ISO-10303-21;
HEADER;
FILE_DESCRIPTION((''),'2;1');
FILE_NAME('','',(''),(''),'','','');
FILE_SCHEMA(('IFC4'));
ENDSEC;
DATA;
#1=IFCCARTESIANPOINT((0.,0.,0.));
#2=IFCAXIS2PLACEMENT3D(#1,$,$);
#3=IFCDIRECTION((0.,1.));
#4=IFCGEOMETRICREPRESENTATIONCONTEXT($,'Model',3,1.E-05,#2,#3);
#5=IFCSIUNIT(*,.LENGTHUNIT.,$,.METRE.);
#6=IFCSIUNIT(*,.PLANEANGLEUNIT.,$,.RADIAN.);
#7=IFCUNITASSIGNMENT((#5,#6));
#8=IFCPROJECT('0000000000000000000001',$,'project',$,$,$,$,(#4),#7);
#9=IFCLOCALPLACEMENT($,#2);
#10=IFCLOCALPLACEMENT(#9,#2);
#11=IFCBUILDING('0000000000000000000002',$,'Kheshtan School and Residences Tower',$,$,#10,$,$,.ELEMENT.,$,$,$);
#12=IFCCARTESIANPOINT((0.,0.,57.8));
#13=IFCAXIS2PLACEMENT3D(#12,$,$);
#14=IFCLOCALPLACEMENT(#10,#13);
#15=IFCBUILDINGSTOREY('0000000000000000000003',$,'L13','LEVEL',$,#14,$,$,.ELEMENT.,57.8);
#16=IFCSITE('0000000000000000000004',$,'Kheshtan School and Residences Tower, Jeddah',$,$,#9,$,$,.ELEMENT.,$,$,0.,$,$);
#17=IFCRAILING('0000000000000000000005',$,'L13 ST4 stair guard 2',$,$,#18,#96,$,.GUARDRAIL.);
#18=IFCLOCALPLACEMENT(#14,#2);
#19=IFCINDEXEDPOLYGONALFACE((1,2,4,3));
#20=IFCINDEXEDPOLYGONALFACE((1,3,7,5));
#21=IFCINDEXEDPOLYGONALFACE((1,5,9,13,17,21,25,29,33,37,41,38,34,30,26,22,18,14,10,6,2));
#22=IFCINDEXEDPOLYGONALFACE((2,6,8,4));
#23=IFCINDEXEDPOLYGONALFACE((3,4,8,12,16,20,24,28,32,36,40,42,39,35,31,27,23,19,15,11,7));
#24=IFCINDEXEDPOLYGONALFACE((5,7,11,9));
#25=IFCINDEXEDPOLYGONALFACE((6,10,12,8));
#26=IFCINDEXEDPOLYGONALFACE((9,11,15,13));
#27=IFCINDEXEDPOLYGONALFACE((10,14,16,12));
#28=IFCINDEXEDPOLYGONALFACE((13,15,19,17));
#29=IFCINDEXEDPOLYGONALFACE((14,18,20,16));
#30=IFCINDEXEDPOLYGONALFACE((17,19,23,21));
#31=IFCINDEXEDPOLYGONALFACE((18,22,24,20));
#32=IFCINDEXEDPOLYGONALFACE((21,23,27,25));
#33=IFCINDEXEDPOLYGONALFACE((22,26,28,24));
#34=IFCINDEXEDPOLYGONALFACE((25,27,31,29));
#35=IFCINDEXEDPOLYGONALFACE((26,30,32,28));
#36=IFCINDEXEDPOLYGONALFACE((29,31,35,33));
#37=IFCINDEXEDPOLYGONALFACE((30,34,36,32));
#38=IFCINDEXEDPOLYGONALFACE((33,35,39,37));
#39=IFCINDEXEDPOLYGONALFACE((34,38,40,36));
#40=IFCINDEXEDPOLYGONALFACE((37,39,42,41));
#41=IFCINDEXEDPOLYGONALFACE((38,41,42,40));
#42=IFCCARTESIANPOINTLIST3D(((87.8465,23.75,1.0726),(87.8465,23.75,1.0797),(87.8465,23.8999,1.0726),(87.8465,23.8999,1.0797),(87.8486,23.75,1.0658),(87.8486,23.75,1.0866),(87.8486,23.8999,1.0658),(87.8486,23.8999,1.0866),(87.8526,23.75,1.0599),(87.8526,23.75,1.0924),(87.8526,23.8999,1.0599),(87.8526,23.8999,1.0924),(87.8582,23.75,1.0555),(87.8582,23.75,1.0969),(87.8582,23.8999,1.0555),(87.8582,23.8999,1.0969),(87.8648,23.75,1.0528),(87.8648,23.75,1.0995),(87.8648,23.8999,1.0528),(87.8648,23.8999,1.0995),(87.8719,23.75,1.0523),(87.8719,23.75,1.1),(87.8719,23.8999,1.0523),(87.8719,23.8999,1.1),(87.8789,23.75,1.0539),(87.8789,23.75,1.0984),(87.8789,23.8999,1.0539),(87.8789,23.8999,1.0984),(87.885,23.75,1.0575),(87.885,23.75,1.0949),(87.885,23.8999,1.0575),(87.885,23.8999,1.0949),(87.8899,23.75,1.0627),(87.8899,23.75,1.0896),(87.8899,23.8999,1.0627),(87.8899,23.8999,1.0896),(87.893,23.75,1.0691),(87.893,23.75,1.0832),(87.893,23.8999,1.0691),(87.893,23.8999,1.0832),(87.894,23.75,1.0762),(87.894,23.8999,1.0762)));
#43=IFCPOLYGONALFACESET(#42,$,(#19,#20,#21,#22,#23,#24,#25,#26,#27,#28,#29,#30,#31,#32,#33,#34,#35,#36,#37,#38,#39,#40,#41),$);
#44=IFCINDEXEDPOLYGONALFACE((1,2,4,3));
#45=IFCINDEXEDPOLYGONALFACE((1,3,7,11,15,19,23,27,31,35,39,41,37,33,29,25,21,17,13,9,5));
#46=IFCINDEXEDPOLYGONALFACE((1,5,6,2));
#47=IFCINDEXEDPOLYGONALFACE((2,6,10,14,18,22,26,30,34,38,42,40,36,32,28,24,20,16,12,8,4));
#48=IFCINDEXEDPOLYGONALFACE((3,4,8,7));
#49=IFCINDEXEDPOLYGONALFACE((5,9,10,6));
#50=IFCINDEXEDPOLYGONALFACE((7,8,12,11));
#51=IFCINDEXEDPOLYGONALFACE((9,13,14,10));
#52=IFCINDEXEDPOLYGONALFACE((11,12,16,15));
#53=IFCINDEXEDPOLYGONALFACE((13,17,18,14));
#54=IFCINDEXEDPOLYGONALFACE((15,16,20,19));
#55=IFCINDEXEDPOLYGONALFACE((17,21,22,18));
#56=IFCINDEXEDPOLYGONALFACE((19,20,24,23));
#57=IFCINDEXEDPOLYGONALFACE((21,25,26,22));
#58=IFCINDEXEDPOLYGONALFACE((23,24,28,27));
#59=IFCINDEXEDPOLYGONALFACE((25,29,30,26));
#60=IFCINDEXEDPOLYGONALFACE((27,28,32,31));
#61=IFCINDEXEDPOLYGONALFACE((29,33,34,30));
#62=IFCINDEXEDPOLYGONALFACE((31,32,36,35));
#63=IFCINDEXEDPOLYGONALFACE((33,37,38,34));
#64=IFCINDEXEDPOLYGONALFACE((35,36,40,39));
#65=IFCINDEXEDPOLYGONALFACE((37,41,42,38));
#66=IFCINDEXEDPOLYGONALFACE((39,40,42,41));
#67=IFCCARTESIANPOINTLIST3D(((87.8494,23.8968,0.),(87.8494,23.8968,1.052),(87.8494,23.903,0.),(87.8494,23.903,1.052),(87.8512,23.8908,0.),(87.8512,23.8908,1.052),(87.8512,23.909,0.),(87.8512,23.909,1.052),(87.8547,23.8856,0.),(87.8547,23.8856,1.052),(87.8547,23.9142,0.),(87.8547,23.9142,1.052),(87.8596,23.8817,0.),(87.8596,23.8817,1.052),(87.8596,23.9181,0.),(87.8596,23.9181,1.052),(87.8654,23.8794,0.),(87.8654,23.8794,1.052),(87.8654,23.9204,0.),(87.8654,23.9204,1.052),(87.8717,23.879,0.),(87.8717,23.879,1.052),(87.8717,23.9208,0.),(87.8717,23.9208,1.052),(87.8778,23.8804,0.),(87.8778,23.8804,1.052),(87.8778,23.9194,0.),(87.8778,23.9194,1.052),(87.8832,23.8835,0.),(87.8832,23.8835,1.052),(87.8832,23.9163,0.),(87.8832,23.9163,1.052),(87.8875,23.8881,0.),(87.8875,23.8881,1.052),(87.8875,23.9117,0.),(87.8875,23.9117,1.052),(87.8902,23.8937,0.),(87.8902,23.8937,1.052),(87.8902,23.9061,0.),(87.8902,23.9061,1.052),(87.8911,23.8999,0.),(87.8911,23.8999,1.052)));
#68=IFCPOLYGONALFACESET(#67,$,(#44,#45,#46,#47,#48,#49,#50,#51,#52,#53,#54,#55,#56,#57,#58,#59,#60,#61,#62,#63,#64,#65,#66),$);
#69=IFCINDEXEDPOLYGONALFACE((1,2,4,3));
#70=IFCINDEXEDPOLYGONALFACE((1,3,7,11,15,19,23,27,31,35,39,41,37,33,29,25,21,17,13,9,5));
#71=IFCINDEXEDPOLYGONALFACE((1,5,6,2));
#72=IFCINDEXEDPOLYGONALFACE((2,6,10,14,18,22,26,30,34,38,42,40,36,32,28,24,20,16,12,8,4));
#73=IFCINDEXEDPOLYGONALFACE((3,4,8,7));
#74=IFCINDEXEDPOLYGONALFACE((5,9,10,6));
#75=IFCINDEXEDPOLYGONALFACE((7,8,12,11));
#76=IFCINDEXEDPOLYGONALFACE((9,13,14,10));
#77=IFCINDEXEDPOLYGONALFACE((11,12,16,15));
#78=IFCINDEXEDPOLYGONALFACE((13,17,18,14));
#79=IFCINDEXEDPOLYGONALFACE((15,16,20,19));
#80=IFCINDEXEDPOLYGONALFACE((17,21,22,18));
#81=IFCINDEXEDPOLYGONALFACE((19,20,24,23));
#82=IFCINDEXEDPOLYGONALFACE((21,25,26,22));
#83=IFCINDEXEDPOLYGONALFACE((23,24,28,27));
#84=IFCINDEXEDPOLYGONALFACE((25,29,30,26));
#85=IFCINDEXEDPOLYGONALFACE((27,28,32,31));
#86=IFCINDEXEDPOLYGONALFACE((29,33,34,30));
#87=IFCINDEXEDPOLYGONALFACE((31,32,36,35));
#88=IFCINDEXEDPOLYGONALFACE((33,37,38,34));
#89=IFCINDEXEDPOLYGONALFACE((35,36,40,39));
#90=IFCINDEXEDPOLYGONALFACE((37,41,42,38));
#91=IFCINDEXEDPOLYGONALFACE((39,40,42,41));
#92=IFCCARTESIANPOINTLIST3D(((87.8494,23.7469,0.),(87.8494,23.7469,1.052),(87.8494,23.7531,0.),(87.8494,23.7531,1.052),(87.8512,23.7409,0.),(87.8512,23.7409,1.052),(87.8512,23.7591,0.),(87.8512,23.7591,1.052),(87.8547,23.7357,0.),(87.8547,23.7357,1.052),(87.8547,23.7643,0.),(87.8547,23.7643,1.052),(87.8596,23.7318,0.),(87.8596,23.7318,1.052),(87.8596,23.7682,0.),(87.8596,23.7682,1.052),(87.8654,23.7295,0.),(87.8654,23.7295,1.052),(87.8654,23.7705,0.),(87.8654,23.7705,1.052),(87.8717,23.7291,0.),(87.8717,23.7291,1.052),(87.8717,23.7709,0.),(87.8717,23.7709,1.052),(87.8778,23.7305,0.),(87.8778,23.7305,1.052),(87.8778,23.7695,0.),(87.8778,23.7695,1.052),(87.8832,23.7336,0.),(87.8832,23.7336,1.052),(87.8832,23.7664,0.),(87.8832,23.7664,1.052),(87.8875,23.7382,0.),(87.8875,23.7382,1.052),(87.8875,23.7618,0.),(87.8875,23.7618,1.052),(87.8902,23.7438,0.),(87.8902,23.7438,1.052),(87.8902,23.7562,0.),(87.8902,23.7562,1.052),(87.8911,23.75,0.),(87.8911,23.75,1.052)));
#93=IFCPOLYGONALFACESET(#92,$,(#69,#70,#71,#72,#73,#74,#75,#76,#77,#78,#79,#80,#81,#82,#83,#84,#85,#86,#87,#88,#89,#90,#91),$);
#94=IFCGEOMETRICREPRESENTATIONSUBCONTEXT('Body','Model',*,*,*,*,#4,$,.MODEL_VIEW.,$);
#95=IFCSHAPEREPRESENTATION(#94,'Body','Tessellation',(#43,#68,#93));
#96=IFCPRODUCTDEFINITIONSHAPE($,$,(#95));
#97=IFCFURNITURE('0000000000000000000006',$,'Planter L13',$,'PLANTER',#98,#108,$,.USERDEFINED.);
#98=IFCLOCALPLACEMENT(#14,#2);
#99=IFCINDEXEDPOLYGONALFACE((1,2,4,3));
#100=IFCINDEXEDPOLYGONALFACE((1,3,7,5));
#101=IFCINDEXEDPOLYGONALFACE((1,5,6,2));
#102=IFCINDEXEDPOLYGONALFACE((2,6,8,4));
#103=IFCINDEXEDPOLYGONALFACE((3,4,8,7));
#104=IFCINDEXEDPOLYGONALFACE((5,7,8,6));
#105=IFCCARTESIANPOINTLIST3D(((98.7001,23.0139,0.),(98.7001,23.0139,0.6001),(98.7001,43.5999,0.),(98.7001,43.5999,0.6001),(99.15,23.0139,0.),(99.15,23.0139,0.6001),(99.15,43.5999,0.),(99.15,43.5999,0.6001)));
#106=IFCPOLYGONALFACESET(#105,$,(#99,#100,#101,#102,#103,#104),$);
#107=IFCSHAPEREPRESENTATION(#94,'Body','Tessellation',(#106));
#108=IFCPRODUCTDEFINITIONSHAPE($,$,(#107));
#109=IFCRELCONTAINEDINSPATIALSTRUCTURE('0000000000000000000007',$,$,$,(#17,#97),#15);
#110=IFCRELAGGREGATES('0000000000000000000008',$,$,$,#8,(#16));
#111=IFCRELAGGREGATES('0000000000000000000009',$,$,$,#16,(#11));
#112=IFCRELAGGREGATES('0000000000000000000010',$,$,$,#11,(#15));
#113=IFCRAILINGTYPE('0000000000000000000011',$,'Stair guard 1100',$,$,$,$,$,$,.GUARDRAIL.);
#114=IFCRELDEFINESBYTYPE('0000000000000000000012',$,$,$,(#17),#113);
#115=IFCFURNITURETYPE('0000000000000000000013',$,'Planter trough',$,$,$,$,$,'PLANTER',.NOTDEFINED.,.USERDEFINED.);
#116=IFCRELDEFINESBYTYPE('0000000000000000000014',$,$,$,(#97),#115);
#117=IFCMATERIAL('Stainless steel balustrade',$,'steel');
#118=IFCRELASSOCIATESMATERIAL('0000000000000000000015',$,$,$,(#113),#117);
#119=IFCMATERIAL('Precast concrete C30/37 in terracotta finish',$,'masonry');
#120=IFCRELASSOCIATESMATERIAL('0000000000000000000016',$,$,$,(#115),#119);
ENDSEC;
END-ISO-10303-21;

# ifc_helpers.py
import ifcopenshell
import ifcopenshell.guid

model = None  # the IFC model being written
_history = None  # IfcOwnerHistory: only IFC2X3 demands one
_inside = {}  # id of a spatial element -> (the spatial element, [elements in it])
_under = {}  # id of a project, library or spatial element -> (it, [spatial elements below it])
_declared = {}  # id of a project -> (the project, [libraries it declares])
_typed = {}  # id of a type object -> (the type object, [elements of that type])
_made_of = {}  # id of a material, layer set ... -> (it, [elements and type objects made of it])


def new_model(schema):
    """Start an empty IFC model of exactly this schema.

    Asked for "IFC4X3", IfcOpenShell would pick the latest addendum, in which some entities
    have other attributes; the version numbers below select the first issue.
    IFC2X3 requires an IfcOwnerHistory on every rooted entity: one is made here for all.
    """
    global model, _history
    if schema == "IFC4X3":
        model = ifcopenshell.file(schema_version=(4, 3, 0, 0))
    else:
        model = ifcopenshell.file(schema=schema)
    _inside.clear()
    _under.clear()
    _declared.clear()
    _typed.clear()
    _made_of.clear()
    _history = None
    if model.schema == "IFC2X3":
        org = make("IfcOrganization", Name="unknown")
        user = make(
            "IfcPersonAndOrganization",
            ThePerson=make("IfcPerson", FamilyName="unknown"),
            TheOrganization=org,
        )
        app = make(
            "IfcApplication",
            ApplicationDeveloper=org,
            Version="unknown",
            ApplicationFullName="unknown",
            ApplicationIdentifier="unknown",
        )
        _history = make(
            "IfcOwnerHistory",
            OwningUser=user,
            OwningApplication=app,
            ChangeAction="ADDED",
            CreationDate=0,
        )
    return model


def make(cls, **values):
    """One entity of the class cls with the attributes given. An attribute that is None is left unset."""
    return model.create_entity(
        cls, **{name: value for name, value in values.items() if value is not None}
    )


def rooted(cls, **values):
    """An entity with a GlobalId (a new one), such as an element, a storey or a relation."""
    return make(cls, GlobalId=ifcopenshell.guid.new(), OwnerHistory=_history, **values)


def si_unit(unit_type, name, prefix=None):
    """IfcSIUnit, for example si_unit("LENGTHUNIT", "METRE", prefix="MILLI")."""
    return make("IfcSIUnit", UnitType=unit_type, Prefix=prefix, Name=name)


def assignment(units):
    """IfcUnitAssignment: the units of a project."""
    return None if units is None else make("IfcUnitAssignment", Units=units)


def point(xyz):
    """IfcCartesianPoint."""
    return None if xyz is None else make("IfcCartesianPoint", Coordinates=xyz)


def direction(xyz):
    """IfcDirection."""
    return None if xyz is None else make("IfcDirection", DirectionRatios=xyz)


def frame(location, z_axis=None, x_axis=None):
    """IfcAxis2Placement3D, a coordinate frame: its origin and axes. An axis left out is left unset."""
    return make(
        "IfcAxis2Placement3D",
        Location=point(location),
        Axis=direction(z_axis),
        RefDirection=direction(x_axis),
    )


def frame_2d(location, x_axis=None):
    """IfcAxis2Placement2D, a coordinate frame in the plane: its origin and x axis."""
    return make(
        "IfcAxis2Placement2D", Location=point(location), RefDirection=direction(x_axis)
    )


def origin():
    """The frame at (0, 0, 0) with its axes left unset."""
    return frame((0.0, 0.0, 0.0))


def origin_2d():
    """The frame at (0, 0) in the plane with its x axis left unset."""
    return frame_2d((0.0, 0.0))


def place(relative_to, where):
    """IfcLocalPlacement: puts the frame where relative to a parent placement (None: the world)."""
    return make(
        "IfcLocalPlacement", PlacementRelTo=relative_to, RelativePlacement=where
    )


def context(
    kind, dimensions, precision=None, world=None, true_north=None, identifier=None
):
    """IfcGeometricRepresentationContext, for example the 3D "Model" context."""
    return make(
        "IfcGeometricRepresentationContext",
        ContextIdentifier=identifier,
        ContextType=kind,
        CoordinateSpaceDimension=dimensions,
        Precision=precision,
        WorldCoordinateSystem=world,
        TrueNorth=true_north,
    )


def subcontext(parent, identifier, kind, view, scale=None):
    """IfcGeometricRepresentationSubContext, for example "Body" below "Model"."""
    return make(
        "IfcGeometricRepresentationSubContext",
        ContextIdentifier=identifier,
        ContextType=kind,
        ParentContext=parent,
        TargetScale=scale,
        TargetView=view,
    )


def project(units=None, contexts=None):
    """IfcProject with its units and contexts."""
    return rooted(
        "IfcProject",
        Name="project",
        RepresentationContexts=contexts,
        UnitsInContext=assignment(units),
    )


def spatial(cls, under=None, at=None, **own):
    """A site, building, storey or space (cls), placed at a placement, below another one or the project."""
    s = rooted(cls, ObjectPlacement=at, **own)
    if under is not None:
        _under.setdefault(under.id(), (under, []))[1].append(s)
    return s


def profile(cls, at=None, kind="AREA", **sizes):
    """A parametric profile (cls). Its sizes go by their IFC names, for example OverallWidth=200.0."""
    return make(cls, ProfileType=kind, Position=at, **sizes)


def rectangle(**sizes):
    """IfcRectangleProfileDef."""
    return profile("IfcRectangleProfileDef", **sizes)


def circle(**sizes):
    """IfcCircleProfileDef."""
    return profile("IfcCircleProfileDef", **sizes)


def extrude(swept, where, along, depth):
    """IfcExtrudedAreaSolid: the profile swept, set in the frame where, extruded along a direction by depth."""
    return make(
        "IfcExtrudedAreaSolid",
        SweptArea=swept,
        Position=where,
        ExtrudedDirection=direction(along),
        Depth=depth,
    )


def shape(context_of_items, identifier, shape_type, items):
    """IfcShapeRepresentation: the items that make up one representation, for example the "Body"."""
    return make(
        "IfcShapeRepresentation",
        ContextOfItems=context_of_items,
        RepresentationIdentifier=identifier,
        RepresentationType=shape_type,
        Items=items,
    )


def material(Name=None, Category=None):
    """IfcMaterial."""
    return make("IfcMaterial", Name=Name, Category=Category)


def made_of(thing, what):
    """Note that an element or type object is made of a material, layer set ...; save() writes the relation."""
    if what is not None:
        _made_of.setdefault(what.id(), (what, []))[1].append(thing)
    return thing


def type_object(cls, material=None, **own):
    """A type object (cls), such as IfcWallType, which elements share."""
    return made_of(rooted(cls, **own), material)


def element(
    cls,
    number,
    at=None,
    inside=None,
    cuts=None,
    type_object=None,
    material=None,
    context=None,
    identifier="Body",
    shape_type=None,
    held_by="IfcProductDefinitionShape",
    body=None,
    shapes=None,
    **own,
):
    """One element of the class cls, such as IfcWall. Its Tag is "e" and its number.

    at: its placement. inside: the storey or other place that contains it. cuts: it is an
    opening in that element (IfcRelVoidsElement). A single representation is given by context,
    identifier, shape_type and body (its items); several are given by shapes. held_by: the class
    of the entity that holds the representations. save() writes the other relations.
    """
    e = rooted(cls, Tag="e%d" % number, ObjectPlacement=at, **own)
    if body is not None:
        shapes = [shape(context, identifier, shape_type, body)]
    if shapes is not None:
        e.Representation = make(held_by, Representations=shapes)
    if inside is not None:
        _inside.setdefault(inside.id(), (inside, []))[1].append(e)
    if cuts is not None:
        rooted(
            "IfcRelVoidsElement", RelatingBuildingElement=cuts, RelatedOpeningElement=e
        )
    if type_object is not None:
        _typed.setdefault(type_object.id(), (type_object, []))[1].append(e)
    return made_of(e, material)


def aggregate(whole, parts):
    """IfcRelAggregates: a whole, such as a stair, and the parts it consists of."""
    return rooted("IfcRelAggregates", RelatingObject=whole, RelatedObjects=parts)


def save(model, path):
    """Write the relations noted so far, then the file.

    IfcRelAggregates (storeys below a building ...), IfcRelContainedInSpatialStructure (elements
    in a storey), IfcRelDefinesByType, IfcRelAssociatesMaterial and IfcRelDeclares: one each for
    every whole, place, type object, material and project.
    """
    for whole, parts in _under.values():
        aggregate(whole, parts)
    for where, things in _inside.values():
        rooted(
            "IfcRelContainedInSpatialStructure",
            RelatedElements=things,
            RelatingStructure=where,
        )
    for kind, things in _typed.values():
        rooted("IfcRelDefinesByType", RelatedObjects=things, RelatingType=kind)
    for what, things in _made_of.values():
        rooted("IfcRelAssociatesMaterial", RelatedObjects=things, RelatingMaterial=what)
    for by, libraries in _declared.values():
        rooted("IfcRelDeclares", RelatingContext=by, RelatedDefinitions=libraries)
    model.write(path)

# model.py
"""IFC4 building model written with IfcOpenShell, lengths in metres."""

from ifc_helpers import new_model, si_unit, direction, frame, origin, origin_2d, place, context, subcontext, project, spatial, rectangle, circle, extrude, material, type_object, element, save


model = new_model("IFC4")

# Units and contexts
model_context = context("Model", 3, precision=1e-05, world=origin(), true_north=direction((0.0, 1.0)))
body_context = subcontext(model_context, "Body", "Model", "MODEL_VIEW")
ifc_project = project(units=[si_unit("LENGTHUNIT", "METRE"), si_unit("PLANEANGLEUNIT", "RADIAN")], contexts=[model_context])

# Site, building, storey
site_placement = place(None, origin())
site = spatial("IfcSite", under=ifc_project, at=site_placement, Name="Kheshtan School and Residences Tower, Jeddah", CompositionType="ELEMENT", RefElevation=0.0)
building_placement = place(site_placement, origin())
building = spatial("IfcBuilding", under=site, at=building_placement, Name="Kheshtan School and Residences Tower", CompositionType="ELEMENT")
storey_placement = place(building_placement, frame((0.0, 0.0, 57.8)))
storey = spatial("IfcBuildingStorey", under=building, at=storey_placement, Name="L13", Description="LEVEL", CompositionType="ELEMENT", Elevation=57.8)

# Railing
ifc_material_1 = material(Name="Stainless steel balustrade", Category="steel")
railing_type = type_object("IfcRailingType", Name="Stair guard 1100", PredefinedType="GUARDRAIL", material=ifc_material_1)
railing_placement = place(storey_placement, frame((87.8701, 23.8999, 0.0)))
element("IfcRailing", 1, at=railing_placement, inside=storey, type_object=railing_type, Name="L13 ST4 stair guard 2", PredefinedType="GUARDRAIL", context=body_context, shape_type="SweptSolid", body=[
    extrude(circle(Radius=0.0239, at=origin_2d()), frame((0.0, 0.0, 1.0762), z_axis=(0.0, -1.0, 0.0), x_axis=(1.0, 0.0, 0.0)), (0.0, 0.0, 1.0), 0.1499),
    extrude(circle(Radius=0.021, at=origin_2d()), origin(), (0.0, 0.0, 1.0), 1.052),
    extrude(circle(Radius=0.021, at=origin_2d()), frame((0.0, -0.1499, 0.0)), (0.0, 0.0, 1.0), 1.052),
])

# Furniture
ifc_material_2 = material(Name="Precast concrete C30/37 in terracotta finish", Category="masonry")
furniture_type = type_object("IfcFurnitureType", Name="Planter trough", ElementType="PLANTER", AssemblyPlace="NOTDEFINED", PredefinedType="USERDEFINED", material=ifc_material_2)
furniture_placement = place(storey_placement, frame((98.925, 33.3069, 0.0), z_axis=(0.0, 0.0, 1.0), x_axis=(0.0, -1.0, 0.0)))
element("IfcFurniture", 2, at=furniture_placement, inside=storey, type_object=furniture_type, Name="Planter L13", ObjectType="PLANTER", PredefinedType="USERDEFINED", context=body_context, shape_type="SweptSolid", body=[
    extrude(rectangle(XDim=20.5859, YDim=0.45, at=origin_2d()), origin(), (0.0, 0.0, 1.0), 0.6001),
])

save(model, "model.ifc")
